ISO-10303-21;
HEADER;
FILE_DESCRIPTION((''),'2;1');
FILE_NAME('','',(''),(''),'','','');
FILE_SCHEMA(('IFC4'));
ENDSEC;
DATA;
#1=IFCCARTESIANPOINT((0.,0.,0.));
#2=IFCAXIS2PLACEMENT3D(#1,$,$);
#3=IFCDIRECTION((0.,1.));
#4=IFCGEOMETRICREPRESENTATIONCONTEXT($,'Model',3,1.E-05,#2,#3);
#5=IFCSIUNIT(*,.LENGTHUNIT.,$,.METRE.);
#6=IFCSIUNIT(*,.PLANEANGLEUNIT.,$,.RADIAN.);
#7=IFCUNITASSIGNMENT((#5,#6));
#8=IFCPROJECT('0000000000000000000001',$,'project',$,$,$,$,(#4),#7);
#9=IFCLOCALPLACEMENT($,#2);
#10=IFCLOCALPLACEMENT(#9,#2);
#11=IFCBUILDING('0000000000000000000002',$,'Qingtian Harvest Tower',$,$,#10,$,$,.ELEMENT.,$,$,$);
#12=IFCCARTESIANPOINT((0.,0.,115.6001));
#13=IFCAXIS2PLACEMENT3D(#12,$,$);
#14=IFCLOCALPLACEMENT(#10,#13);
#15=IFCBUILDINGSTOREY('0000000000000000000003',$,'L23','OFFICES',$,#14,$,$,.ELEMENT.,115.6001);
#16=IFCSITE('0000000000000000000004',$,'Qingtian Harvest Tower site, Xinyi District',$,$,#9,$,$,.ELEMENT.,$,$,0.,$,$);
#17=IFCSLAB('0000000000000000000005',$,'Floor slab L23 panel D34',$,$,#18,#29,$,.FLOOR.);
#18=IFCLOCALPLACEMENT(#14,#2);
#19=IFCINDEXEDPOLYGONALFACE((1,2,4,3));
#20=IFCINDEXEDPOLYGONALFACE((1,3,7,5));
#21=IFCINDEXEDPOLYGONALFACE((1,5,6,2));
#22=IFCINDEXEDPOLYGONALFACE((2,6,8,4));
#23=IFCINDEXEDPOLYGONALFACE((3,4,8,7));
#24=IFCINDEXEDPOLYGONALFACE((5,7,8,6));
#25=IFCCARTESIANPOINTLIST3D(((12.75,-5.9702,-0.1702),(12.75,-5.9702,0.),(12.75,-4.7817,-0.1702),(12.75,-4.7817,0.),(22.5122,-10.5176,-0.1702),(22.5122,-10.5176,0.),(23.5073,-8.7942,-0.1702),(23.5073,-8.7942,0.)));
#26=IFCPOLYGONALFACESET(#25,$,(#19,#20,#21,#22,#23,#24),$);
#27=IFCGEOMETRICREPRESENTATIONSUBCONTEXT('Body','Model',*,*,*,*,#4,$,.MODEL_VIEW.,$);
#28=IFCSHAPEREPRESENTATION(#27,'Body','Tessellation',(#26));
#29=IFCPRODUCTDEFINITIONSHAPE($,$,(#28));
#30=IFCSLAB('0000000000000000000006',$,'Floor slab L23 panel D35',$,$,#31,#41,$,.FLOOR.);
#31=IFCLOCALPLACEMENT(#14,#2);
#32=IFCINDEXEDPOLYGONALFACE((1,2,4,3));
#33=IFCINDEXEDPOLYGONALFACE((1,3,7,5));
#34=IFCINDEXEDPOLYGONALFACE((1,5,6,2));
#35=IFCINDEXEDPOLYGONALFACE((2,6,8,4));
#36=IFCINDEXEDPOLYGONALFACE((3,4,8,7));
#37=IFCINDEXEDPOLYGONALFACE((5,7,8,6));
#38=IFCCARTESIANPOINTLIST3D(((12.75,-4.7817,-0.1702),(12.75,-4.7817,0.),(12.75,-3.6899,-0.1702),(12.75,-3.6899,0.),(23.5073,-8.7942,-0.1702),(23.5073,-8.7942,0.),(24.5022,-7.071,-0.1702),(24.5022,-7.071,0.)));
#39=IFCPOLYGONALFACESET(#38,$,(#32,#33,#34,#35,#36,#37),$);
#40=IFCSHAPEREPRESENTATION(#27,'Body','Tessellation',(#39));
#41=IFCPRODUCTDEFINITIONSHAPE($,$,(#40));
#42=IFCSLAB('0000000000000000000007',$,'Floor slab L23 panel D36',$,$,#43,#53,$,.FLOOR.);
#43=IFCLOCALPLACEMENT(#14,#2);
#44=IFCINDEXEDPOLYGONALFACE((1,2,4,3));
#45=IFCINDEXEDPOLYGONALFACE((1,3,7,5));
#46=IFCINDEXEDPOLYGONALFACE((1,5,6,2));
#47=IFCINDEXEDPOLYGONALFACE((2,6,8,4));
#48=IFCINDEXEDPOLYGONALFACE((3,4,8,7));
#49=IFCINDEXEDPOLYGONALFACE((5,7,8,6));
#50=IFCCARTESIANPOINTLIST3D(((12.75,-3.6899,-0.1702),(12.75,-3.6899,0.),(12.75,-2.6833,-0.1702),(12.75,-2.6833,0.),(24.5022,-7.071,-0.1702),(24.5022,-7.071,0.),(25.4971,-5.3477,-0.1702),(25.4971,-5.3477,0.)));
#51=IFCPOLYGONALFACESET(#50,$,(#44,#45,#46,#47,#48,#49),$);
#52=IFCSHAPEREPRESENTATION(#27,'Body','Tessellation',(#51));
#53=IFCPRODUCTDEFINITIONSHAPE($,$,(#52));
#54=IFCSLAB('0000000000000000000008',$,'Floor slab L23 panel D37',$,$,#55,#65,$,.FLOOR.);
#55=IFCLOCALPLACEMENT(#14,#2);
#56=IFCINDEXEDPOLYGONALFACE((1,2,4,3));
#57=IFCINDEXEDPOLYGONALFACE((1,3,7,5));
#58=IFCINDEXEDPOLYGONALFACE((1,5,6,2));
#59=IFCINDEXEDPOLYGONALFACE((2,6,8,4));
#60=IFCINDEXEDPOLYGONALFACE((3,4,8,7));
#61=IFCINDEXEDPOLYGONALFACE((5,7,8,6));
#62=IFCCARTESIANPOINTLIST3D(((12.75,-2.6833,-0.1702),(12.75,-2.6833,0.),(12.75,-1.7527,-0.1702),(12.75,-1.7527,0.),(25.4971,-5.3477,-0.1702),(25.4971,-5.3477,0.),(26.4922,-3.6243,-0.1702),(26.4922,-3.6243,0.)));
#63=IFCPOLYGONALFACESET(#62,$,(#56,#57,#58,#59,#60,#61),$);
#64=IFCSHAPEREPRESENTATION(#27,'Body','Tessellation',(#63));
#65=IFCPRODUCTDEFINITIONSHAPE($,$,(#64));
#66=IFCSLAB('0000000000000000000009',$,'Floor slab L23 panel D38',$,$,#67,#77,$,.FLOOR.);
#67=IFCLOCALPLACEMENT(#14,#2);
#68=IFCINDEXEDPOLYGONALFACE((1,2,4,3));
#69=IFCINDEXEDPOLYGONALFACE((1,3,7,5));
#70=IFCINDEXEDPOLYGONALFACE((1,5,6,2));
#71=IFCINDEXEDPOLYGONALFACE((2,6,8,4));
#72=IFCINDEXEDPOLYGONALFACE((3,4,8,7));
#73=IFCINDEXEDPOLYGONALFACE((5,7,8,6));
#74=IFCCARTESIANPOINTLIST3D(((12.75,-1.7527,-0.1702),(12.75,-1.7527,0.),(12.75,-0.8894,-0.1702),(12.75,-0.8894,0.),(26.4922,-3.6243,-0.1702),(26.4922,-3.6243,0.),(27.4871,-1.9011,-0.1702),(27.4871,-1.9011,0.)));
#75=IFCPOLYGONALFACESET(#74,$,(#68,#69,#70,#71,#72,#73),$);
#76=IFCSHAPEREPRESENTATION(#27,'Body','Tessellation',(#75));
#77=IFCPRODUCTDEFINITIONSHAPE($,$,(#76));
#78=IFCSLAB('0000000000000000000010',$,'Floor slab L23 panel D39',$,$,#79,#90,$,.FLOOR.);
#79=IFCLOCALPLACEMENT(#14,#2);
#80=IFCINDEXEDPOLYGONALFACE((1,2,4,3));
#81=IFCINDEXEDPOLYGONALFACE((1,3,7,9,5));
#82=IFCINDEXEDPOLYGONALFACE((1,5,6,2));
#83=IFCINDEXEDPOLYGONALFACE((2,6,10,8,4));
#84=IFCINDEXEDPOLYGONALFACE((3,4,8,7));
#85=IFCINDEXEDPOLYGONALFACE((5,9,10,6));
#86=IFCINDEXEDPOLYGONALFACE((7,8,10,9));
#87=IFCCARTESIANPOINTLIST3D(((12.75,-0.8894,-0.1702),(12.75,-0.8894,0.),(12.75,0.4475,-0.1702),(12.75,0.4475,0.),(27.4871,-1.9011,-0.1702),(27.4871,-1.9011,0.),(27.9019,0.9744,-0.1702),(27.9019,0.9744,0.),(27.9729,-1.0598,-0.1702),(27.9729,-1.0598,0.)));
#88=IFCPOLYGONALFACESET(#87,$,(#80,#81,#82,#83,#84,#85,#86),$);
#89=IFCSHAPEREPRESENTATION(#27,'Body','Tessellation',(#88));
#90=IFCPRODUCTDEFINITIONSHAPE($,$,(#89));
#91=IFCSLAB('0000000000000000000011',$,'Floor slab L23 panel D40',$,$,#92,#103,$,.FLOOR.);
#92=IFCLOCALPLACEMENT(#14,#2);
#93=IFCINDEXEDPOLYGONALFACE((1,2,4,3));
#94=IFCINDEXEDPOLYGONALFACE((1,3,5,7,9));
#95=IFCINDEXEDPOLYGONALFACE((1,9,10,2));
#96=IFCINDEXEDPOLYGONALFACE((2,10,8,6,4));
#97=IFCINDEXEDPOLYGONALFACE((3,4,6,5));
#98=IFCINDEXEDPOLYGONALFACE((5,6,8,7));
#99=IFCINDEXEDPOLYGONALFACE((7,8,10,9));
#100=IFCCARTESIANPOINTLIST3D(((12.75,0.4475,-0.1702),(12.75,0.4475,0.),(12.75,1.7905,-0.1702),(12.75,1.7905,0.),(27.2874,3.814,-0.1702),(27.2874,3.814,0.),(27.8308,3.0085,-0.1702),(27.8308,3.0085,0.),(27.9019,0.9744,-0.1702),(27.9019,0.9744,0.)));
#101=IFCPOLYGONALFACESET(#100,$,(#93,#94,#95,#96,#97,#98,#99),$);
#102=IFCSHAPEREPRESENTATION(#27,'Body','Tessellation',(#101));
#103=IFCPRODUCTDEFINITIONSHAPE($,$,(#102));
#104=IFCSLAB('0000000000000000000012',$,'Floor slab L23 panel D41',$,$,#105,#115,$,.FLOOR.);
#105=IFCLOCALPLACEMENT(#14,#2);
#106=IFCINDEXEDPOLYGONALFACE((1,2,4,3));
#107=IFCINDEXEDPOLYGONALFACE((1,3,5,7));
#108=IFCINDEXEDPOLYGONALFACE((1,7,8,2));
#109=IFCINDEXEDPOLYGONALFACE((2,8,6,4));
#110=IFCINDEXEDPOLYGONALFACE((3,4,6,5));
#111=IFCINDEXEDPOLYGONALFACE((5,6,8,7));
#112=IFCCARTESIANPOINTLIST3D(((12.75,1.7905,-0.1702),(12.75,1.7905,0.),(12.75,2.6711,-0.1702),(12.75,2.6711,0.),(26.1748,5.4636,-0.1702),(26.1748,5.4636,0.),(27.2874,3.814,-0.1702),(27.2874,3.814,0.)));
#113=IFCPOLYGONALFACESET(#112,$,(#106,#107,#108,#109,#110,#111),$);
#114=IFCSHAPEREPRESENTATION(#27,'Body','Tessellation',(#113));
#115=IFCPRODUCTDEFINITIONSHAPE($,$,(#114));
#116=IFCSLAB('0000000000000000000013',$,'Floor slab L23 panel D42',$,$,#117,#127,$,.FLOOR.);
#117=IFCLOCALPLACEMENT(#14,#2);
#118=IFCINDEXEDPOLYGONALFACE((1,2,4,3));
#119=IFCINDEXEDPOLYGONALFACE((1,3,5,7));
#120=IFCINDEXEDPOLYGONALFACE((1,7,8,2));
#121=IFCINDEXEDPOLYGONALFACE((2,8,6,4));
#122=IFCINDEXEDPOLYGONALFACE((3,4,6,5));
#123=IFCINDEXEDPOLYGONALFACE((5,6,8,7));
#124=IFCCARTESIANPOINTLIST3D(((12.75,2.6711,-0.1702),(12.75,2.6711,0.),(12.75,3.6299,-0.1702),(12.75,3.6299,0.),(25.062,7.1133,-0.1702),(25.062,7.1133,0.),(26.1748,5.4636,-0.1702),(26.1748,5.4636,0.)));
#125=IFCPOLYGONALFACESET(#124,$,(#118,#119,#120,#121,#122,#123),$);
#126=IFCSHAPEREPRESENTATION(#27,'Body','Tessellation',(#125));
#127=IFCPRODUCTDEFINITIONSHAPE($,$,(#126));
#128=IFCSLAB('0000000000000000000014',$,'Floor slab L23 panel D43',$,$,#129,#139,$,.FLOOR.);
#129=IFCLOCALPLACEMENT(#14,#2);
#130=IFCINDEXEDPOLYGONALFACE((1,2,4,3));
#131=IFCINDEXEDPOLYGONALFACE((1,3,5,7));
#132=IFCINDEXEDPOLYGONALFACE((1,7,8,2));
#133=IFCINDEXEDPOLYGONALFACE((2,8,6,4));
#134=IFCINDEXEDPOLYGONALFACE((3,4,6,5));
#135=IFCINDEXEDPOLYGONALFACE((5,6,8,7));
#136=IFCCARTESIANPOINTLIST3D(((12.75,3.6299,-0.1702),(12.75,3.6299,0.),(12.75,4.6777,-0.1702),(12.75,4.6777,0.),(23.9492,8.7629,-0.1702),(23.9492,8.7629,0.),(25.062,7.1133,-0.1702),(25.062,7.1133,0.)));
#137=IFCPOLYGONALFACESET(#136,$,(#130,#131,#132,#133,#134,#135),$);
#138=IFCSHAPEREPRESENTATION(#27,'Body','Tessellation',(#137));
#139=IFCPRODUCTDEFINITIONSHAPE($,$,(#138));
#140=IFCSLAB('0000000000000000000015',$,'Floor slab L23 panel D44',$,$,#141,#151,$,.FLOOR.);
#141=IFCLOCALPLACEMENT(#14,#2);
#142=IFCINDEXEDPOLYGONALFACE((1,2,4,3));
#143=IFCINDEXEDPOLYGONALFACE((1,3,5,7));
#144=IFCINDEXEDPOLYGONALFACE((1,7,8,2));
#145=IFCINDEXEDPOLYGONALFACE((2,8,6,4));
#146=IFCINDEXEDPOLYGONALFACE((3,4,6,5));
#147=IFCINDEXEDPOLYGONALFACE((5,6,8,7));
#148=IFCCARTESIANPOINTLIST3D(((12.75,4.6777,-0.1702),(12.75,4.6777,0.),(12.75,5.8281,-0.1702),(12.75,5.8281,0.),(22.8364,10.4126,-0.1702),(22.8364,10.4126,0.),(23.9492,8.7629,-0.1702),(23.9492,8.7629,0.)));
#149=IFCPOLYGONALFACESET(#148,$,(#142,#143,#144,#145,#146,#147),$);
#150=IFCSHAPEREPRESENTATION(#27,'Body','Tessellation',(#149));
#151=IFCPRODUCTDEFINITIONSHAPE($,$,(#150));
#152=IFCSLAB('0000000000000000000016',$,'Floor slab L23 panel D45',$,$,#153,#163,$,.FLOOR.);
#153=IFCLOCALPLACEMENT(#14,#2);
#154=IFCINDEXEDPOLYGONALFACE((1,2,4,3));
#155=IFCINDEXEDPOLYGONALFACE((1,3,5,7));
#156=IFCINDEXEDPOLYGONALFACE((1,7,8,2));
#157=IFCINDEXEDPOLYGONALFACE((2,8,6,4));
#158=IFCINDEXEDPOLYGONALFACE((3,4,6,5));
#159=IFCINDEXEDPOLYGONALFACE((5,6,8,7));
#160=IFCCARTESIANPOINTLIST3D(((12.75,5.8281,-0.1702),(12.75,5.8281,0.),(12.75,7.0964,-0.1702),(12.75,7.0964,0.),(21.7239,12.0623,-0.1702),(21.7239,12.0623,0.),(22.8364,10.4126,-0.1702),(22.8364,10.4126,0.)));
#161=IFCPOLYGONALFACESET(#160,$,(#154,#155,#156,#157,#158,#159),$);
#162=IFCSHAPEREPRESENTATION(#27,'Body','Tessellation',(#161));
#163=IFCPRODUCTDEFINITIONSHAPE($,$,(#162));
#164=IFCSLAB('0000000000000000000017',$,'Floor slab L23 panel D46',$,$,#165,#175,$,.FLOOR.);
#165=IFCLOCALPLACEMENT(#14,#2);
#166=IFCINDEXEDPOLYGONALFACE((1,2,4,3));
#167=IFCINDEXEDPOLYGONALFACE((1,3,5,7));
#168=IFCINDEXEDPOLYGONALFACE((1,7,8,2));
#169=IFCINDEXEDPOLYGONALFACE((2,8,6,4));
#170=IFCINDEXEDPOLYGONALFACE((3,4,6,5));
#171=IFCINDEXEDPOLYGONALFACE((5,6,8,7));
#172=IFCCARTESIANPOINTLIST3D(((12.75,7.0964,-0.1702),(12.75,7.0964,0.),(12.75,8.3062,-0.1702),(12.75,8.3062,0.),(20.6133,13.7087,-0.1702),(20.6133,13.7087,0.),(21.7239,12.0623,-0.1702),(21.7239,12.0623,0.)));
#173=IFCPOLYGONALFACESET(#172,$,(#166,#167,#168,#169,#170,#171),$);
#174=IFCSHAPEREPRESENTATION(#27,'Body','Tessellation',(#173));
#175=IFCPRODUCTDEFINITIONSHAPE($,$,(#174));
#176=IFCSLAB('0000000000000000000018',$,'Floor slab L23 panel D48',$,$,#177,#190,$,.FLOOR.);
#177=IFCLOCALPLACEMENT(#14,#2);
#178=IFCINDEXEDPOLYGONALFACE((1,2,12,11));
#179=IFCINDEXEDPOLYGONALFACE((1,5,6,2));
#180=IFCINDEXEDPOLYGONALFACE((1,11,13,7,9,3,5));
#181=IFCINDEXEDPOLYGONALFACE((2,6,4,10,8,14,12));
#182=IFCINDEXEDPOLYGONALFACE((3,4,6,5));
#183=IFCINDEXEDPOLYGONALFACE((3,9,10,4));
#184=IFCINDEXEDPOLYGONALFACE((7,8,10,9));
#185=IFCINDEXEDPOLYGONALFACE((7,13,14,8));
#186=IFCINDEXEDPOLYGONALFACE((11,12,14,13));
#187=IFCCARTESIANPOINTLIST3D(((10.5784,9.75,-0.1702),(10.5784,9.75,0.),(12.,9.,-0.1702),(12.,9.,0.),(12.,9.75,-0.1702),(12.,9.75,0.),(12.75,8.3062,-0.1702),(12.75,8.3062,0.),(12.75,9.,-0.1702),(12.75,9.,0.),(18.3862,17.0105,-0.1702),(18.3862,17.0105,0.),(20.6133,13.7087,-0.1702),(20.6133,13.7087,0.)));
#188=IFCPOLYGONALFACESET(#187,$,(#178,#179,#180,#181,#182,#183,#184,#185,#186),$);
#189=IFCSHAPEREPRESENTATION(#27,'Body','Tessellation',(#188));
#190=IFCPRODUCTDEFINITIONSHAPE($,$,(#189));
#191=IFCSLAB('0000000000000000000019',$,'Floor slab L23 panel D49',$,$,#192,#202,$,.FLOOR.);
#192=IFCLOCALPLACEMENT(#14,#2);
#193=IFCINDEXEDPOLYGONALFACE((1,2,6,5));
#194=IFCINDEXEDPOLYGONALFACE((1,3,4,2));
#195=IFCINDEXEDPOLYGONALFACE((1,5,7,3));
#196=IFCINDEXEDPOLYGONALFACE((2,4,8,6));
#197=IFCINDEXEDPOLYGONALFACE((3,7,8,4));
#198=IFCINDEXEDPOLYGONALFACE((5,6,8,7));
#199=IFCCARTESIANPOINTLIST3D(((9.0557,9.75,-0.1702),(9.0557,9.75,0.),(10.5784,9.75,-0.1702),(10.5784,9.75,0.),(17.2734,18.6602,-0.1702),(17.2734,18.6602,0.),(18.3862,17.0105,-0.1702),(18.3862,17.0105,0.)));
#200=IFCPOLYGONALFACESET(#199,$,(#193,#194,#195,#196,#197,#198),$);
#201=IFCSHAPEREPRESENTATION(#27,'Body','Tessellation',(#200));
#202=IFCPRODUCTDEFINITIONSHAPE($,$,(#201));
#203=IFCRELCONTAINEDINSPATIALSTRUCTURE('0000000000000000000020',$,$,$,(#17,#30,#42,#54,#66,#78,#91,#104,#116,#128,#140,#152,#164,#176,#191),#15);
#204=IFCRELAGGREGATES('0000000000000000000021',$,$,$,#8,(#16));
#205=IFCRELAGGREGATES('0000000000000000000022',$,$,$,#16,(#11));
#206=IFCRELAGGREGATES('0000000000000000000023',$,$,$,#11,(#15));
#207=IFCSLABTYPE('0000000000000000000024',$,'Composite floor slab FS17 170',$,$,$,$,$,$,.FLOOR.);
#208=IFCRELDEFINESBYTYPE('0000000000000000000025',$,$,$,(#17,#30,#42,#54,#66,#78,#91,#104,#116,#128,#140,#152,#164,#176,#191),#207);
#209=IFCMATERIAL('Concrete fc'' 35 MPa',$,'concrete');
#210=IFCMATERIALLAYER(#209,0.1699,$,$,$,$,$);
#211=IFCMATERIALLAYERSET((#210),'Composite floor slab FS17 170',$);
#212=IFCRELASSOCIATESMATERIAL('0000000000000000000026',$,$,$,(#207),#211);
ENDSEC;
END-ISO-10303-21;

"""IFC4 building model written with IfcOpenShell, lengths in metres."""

from ifc_helpers import new_model, si_unit, direction, frame, origin, place, context, subcontext, project, spatial, polyline, outline, extrude, material, layer, layer_set, type_object, element, save


model = new_model("IFC4")

# Units and contexts
model_context = context("Model", 3, precision=1e-05, world=origin(), true_north=direction((0.0, 1.0)))
body_context = subcontext(model_context, "Body", "Model", "MODEL_VIEW")
ifc_project = project(units=[si_unit("LENGTHUNIT", "METRE"), si_unit("PLANEANGLEUNIT", "RADIAN")], contexts=[model_context])

# Site, building, storey
site_placement = place(None, origin())
site = spatial("IfcSite", under=ifc_project, at=site_placement, Name="Qingtian Harvest Tower site, Xinyi District", CompositionType="ELEMENT", RefElevation=0.0)
building_placement = place(site_placement, origin())
building = spatial("IfcBuilding", under=site, at=building_placement, Name="Qingtian Harvest Tower", CompositionType="ELEMENT")
storey_placement = place(building_placement, frame((0.0, 0.0, 115.6001)))
storey = spatial("IfcBuildingStorey", under=building, at=storey_placement, Name="L23", Description="OFFICES", CompositionType="ELEMENT", Elevation=115.6001)

# Slabs
ifc_material_1 = material(Name="Concrete fc' 35 MPa", Category="concrete")
ifc_layer_1 = layer(ifc_material_1, 0.1699)
ifc_layer_set_1 = layer_set([ifc_layer_1], Name="Composite floor slab FS17 170")
slab_type = type_object("IfcSlabType", Name="Composite floor slab FS17 170", PredefinedType="FLOOR", material=ifc_layer_set_1)
slab_1_placement = place(storey_placement, frame((0.0, 0.0, -0.1702)))
element("IfcSlab", 1, at=slab_1_placement, inside=storey, type_object=slab_type, Name="Floor slab L23 panel D34", PredefinedType="FLOOR", context=body_context, shape_type="SweptSolid", body=[
    extrude(outline(polyline([(12.75, -4.7817), (23.5073, -8.7942), (22.5122, -10.5176), (12.75, -5.9702), (12.75, -4.7817)])), origin(), (0.0, 0.0, 1.0), 0.1702),
])
slab_2_placement = place(storey_placement, frame((0.0, 0.0, -0.1702)))
element("IfcSlab", 2, at=slab_2_placement, inside=storey, type_object=slab_type, Name="Floor slab L23 panel D35", PredefinedType="FLOOR", context=body_context, shape_type="SweptSolid", body=[
    extrude(outline(polyline([(12.75, -3.6899), (24.5022, -7.071), (23.5073, -8.7942), (12.75, -4.7817), (12.75, -3.6899)])), origin(), (0.0, 0.0, 1.0), 0.1702),
])
slab_3_placement = place(storey_placement, frame((0.0, 0.0, -0.1702)))
element("IfcSlab", 3, at=slab_3_placement, inside=storey, type_object=slab_type, Name="Floor slab L23 panel D36", PredefinedType="FLOOR", context=body_context, shape_type="SweptSolid", body=[
    extrude(outline(polyline([(12.75, -2.6833), (25.4971, -5.3477), (24.5022, -7.071), (12.75, -3.6899), (12.75, -2.6833)])), origin(), (0.0, 0.0, 1.0), 0.1702),
])
slab_4_placement = place(storey_placement, frame((0.0, 0.0, -0.1702)))
element("IfcSlab", 4, at=slab_4_placement, inside=storey, type_object=slab_type, Name="Floor slab L23 panel D37", PredefinedType="FLOOR", context=body_context, shape_type="SweptSolid", body=[
    extrude(outline(polyline([(12.75, -1.7527), (26.4922, -3.6243), (25.4971, -5.3477), (12.75, -2.6833), (12.75, -1.7527)])), origin(), (0.0, 0.0, 1.0), 0.1702),
])
slab_5_placement = place(storey_placement, frame((0.0, 0.0, -0.1702)))
element("IfcSlab", 5, at=slab_5_placement, inside=storey, type_object=slab_type, Name="Floor slab L23 panel D38", PredefinedType="FLOOR", context=body_context, shape_type="SweptSolid", body=[
    extrude(outline(polyline([(12.75, -0.8894), (27.4871, -1.9011), (26.4922, -3.6243), (12.75, -1.7527), (12.75, -0.8894)])), origin(), (0.0, 0.0, 1.0), 0.1702),
])
slab_6_placement = place(storey_placement, frame((0.0, 0.0, -0.1702)))
element("IfcSlab", 6, at=slab_6_placement, inside=storey, type_object=slab_type, Name="Floor slab L23 panel D39", PredefinedType="FLOOR", context=body_context, shape_type="SweptSolid", body=[
    extrude(outline(polyline([(12.75, -0.8894), (12.75, 0.4475), (27.9019, 0.9744), (27.9729, -1.0598), (27.4871, -1.9011), (12.75, -0.8894)])), origin(), (0.0, 0.0, 1.0), 0.1702),
])
slab_7_placement = place(storey_placement, frame((0.0, 0.0, -0.1702)))
element("IfcSlab", 7, at=slab_7_placement, inside=storey, type_object=slab_type, Name="Floor slab L23 panel D40", PredefinedType="FLOOR", context=body_context, shape_type="SweptSolid", body=[
    extrude(outline(polyline([(12.75, 0.4475), (12.75, 1.7905), (27.2874, 3.814), (27.8308, 3.0085), (27.9019, 0.9744), (12.75, 0.4475)])), origin(), (0.0, 0.0, 1.0), 0.1702),
])
slab_8_placement = place(storey_placement, frame((0.0, 0.0, -0.1702)))
element("IfcSlab", 8, at=slab_8_placement, inside=storey, type_object=slab_type, Name="Floor slab L23 panel D41", PredefinedType="FLOOR", context=body_context, shape_type="SweptSolid", body=[
    extrude(outline(polyline([(12.75, 2.6711), (26.1748, 5.4636), (27.2874, 3.814), (12.75, 1.7905), (12.75, 2.6711)])), origin(), (0.0, 0.0, 1.0), 0.1702),
])
slab_9_placement = place(storey_placement, frame((0.0, 0.0, -0.1702)))
element("IfcSlab", 9, at=slab_9_placement, inside=storey, type_object=slab_type, Name="Floor slab L23 panel D42", PredefinedType="FLOOR", context=body_context, shape_type="SweptSolid", body=[
    extrude(outline(polyline([(12.75, 3.6299), (25.062, 7.1133), (26.1748, 5.4636), (12.75, 2.6711), (12.75, 3.6299)])), origin(), (0.0, 0.0, 1.0), 0.1702),
])
slab_10_placement = place(storey_placement, frame((0.0, 0.0, -0.1702)))
element("IfcSlab", 10, at=slab_10_placement, inside=storey, type_object=slab_type, Name="Floor slab L23 panel D43", PredefinedType="FLOOR", context=body_context, shape_type="SweptSolid", body=[
    extrude(outline(polyline([(12.75, 4.6777), (23.9492, 8.7629), (25.062, 7.1133), (12.75, 3.6299), (12.75, 4.6777)])), origin(), (0.0, 0.0, 1.0), 0.1702),
])
slab_11_placement = place(storey_placement, frame((0.0, 0.0, -0.1702)))
element("IfcSlab", 11, at=slab_11_placement, inside=storey, type_object=slab_type, Name="Floor slab L23 panel D44", PredefinedType="FLOOR", context=body_context, shape_type="SweptSolid", body=[
    extrude(outline(polyline([(12.75, 5.8281), (22.8364, 10.4126), (23.9492, 8.7629), (12.75, 4.6777), (12.75, 5.8281)])), origin(), (0.0, 0.0, 1.0), 0.1702),
])
slab_12_placement = place(storey_placement, frame((0.0, 0.0, -0.1702)))
element("IfcSlab", 12, at=slab_12_placement, inside=storey, type_object=slab_type, Name="Floor slab L23 panel D45", PredefinedType="FLOOR", context=body_context, shape_type="SweptSolid", body=[
    extrude(outline(polyline([(12.75, 7.0964), (21.7239, 12.0623), (22.8364, 10.4126), (12.75, 5.8281), (12.75, 7.0964)])), origin(), (0.0, 0.0, 1.0), 0.1702),
])
slab_13_placement = place(storey_placement, frame((0.0, 0.0, -0.1702)))
element("IfcSlab", 13, at=slab_13_placement, inside=storey, type_object=slab_type, Name="Floor slab L23 panel D46", PredefinedType="FLOOR", context=body_context, shape_type="SweptSolid", body=[
    extrude(outline(polyline([(12.75, 8.3062), (20.6133, 13.7087), (21.7239, 12.0623), (12.75, 7.0964), (12.75, 8.3062)])), origin(), (0.0, 0.0, 1.0), 0.1702),
])
slab_14_placement = place(storey_placement, frame((0.0, 0.0, -0.1702)))
element("IfcSlab", 14, at=slab_14_placement, inside=storey, type_object=slab_type, Name="Floor slab L23 panel D48", PredefinedType="FLOOR", context=body_context, shape_type="SweptSolid", body=[
    extrude(outline(polyline([(18.3862, 17.0105), (20.6133, 13.7087), (12.75, 8.3062), (12.75, 9.0), (12.0, 9.0), (12.0, 9.75), (10.5784, 9.75), (18.3862, 17.0105)])), origin(), (0.0, 0.0, 1.0), 0.1702),
])
slab_15_placement = place(storey_placement, frame((0.0, 0.0, -0.1702)))
element("IfcSlab", 15, at=slab_15_placement, inside=storey, type_object=slab_type, Name="Floor slab L23 panel D49", PredefinedType="FLOOR", context=body_context, shape_type="SweptSolid", body=[
    extrude(outline(polyline([(9.0557, 9.75), (17.2734, 18.6602), (18.3862, 17.0105), (10.5784, 9.75), (9.0557, 9.75)])), origin(), (0.0, 0.0, 1.0), 0.1702),
])

save(model, "model.ifc")
